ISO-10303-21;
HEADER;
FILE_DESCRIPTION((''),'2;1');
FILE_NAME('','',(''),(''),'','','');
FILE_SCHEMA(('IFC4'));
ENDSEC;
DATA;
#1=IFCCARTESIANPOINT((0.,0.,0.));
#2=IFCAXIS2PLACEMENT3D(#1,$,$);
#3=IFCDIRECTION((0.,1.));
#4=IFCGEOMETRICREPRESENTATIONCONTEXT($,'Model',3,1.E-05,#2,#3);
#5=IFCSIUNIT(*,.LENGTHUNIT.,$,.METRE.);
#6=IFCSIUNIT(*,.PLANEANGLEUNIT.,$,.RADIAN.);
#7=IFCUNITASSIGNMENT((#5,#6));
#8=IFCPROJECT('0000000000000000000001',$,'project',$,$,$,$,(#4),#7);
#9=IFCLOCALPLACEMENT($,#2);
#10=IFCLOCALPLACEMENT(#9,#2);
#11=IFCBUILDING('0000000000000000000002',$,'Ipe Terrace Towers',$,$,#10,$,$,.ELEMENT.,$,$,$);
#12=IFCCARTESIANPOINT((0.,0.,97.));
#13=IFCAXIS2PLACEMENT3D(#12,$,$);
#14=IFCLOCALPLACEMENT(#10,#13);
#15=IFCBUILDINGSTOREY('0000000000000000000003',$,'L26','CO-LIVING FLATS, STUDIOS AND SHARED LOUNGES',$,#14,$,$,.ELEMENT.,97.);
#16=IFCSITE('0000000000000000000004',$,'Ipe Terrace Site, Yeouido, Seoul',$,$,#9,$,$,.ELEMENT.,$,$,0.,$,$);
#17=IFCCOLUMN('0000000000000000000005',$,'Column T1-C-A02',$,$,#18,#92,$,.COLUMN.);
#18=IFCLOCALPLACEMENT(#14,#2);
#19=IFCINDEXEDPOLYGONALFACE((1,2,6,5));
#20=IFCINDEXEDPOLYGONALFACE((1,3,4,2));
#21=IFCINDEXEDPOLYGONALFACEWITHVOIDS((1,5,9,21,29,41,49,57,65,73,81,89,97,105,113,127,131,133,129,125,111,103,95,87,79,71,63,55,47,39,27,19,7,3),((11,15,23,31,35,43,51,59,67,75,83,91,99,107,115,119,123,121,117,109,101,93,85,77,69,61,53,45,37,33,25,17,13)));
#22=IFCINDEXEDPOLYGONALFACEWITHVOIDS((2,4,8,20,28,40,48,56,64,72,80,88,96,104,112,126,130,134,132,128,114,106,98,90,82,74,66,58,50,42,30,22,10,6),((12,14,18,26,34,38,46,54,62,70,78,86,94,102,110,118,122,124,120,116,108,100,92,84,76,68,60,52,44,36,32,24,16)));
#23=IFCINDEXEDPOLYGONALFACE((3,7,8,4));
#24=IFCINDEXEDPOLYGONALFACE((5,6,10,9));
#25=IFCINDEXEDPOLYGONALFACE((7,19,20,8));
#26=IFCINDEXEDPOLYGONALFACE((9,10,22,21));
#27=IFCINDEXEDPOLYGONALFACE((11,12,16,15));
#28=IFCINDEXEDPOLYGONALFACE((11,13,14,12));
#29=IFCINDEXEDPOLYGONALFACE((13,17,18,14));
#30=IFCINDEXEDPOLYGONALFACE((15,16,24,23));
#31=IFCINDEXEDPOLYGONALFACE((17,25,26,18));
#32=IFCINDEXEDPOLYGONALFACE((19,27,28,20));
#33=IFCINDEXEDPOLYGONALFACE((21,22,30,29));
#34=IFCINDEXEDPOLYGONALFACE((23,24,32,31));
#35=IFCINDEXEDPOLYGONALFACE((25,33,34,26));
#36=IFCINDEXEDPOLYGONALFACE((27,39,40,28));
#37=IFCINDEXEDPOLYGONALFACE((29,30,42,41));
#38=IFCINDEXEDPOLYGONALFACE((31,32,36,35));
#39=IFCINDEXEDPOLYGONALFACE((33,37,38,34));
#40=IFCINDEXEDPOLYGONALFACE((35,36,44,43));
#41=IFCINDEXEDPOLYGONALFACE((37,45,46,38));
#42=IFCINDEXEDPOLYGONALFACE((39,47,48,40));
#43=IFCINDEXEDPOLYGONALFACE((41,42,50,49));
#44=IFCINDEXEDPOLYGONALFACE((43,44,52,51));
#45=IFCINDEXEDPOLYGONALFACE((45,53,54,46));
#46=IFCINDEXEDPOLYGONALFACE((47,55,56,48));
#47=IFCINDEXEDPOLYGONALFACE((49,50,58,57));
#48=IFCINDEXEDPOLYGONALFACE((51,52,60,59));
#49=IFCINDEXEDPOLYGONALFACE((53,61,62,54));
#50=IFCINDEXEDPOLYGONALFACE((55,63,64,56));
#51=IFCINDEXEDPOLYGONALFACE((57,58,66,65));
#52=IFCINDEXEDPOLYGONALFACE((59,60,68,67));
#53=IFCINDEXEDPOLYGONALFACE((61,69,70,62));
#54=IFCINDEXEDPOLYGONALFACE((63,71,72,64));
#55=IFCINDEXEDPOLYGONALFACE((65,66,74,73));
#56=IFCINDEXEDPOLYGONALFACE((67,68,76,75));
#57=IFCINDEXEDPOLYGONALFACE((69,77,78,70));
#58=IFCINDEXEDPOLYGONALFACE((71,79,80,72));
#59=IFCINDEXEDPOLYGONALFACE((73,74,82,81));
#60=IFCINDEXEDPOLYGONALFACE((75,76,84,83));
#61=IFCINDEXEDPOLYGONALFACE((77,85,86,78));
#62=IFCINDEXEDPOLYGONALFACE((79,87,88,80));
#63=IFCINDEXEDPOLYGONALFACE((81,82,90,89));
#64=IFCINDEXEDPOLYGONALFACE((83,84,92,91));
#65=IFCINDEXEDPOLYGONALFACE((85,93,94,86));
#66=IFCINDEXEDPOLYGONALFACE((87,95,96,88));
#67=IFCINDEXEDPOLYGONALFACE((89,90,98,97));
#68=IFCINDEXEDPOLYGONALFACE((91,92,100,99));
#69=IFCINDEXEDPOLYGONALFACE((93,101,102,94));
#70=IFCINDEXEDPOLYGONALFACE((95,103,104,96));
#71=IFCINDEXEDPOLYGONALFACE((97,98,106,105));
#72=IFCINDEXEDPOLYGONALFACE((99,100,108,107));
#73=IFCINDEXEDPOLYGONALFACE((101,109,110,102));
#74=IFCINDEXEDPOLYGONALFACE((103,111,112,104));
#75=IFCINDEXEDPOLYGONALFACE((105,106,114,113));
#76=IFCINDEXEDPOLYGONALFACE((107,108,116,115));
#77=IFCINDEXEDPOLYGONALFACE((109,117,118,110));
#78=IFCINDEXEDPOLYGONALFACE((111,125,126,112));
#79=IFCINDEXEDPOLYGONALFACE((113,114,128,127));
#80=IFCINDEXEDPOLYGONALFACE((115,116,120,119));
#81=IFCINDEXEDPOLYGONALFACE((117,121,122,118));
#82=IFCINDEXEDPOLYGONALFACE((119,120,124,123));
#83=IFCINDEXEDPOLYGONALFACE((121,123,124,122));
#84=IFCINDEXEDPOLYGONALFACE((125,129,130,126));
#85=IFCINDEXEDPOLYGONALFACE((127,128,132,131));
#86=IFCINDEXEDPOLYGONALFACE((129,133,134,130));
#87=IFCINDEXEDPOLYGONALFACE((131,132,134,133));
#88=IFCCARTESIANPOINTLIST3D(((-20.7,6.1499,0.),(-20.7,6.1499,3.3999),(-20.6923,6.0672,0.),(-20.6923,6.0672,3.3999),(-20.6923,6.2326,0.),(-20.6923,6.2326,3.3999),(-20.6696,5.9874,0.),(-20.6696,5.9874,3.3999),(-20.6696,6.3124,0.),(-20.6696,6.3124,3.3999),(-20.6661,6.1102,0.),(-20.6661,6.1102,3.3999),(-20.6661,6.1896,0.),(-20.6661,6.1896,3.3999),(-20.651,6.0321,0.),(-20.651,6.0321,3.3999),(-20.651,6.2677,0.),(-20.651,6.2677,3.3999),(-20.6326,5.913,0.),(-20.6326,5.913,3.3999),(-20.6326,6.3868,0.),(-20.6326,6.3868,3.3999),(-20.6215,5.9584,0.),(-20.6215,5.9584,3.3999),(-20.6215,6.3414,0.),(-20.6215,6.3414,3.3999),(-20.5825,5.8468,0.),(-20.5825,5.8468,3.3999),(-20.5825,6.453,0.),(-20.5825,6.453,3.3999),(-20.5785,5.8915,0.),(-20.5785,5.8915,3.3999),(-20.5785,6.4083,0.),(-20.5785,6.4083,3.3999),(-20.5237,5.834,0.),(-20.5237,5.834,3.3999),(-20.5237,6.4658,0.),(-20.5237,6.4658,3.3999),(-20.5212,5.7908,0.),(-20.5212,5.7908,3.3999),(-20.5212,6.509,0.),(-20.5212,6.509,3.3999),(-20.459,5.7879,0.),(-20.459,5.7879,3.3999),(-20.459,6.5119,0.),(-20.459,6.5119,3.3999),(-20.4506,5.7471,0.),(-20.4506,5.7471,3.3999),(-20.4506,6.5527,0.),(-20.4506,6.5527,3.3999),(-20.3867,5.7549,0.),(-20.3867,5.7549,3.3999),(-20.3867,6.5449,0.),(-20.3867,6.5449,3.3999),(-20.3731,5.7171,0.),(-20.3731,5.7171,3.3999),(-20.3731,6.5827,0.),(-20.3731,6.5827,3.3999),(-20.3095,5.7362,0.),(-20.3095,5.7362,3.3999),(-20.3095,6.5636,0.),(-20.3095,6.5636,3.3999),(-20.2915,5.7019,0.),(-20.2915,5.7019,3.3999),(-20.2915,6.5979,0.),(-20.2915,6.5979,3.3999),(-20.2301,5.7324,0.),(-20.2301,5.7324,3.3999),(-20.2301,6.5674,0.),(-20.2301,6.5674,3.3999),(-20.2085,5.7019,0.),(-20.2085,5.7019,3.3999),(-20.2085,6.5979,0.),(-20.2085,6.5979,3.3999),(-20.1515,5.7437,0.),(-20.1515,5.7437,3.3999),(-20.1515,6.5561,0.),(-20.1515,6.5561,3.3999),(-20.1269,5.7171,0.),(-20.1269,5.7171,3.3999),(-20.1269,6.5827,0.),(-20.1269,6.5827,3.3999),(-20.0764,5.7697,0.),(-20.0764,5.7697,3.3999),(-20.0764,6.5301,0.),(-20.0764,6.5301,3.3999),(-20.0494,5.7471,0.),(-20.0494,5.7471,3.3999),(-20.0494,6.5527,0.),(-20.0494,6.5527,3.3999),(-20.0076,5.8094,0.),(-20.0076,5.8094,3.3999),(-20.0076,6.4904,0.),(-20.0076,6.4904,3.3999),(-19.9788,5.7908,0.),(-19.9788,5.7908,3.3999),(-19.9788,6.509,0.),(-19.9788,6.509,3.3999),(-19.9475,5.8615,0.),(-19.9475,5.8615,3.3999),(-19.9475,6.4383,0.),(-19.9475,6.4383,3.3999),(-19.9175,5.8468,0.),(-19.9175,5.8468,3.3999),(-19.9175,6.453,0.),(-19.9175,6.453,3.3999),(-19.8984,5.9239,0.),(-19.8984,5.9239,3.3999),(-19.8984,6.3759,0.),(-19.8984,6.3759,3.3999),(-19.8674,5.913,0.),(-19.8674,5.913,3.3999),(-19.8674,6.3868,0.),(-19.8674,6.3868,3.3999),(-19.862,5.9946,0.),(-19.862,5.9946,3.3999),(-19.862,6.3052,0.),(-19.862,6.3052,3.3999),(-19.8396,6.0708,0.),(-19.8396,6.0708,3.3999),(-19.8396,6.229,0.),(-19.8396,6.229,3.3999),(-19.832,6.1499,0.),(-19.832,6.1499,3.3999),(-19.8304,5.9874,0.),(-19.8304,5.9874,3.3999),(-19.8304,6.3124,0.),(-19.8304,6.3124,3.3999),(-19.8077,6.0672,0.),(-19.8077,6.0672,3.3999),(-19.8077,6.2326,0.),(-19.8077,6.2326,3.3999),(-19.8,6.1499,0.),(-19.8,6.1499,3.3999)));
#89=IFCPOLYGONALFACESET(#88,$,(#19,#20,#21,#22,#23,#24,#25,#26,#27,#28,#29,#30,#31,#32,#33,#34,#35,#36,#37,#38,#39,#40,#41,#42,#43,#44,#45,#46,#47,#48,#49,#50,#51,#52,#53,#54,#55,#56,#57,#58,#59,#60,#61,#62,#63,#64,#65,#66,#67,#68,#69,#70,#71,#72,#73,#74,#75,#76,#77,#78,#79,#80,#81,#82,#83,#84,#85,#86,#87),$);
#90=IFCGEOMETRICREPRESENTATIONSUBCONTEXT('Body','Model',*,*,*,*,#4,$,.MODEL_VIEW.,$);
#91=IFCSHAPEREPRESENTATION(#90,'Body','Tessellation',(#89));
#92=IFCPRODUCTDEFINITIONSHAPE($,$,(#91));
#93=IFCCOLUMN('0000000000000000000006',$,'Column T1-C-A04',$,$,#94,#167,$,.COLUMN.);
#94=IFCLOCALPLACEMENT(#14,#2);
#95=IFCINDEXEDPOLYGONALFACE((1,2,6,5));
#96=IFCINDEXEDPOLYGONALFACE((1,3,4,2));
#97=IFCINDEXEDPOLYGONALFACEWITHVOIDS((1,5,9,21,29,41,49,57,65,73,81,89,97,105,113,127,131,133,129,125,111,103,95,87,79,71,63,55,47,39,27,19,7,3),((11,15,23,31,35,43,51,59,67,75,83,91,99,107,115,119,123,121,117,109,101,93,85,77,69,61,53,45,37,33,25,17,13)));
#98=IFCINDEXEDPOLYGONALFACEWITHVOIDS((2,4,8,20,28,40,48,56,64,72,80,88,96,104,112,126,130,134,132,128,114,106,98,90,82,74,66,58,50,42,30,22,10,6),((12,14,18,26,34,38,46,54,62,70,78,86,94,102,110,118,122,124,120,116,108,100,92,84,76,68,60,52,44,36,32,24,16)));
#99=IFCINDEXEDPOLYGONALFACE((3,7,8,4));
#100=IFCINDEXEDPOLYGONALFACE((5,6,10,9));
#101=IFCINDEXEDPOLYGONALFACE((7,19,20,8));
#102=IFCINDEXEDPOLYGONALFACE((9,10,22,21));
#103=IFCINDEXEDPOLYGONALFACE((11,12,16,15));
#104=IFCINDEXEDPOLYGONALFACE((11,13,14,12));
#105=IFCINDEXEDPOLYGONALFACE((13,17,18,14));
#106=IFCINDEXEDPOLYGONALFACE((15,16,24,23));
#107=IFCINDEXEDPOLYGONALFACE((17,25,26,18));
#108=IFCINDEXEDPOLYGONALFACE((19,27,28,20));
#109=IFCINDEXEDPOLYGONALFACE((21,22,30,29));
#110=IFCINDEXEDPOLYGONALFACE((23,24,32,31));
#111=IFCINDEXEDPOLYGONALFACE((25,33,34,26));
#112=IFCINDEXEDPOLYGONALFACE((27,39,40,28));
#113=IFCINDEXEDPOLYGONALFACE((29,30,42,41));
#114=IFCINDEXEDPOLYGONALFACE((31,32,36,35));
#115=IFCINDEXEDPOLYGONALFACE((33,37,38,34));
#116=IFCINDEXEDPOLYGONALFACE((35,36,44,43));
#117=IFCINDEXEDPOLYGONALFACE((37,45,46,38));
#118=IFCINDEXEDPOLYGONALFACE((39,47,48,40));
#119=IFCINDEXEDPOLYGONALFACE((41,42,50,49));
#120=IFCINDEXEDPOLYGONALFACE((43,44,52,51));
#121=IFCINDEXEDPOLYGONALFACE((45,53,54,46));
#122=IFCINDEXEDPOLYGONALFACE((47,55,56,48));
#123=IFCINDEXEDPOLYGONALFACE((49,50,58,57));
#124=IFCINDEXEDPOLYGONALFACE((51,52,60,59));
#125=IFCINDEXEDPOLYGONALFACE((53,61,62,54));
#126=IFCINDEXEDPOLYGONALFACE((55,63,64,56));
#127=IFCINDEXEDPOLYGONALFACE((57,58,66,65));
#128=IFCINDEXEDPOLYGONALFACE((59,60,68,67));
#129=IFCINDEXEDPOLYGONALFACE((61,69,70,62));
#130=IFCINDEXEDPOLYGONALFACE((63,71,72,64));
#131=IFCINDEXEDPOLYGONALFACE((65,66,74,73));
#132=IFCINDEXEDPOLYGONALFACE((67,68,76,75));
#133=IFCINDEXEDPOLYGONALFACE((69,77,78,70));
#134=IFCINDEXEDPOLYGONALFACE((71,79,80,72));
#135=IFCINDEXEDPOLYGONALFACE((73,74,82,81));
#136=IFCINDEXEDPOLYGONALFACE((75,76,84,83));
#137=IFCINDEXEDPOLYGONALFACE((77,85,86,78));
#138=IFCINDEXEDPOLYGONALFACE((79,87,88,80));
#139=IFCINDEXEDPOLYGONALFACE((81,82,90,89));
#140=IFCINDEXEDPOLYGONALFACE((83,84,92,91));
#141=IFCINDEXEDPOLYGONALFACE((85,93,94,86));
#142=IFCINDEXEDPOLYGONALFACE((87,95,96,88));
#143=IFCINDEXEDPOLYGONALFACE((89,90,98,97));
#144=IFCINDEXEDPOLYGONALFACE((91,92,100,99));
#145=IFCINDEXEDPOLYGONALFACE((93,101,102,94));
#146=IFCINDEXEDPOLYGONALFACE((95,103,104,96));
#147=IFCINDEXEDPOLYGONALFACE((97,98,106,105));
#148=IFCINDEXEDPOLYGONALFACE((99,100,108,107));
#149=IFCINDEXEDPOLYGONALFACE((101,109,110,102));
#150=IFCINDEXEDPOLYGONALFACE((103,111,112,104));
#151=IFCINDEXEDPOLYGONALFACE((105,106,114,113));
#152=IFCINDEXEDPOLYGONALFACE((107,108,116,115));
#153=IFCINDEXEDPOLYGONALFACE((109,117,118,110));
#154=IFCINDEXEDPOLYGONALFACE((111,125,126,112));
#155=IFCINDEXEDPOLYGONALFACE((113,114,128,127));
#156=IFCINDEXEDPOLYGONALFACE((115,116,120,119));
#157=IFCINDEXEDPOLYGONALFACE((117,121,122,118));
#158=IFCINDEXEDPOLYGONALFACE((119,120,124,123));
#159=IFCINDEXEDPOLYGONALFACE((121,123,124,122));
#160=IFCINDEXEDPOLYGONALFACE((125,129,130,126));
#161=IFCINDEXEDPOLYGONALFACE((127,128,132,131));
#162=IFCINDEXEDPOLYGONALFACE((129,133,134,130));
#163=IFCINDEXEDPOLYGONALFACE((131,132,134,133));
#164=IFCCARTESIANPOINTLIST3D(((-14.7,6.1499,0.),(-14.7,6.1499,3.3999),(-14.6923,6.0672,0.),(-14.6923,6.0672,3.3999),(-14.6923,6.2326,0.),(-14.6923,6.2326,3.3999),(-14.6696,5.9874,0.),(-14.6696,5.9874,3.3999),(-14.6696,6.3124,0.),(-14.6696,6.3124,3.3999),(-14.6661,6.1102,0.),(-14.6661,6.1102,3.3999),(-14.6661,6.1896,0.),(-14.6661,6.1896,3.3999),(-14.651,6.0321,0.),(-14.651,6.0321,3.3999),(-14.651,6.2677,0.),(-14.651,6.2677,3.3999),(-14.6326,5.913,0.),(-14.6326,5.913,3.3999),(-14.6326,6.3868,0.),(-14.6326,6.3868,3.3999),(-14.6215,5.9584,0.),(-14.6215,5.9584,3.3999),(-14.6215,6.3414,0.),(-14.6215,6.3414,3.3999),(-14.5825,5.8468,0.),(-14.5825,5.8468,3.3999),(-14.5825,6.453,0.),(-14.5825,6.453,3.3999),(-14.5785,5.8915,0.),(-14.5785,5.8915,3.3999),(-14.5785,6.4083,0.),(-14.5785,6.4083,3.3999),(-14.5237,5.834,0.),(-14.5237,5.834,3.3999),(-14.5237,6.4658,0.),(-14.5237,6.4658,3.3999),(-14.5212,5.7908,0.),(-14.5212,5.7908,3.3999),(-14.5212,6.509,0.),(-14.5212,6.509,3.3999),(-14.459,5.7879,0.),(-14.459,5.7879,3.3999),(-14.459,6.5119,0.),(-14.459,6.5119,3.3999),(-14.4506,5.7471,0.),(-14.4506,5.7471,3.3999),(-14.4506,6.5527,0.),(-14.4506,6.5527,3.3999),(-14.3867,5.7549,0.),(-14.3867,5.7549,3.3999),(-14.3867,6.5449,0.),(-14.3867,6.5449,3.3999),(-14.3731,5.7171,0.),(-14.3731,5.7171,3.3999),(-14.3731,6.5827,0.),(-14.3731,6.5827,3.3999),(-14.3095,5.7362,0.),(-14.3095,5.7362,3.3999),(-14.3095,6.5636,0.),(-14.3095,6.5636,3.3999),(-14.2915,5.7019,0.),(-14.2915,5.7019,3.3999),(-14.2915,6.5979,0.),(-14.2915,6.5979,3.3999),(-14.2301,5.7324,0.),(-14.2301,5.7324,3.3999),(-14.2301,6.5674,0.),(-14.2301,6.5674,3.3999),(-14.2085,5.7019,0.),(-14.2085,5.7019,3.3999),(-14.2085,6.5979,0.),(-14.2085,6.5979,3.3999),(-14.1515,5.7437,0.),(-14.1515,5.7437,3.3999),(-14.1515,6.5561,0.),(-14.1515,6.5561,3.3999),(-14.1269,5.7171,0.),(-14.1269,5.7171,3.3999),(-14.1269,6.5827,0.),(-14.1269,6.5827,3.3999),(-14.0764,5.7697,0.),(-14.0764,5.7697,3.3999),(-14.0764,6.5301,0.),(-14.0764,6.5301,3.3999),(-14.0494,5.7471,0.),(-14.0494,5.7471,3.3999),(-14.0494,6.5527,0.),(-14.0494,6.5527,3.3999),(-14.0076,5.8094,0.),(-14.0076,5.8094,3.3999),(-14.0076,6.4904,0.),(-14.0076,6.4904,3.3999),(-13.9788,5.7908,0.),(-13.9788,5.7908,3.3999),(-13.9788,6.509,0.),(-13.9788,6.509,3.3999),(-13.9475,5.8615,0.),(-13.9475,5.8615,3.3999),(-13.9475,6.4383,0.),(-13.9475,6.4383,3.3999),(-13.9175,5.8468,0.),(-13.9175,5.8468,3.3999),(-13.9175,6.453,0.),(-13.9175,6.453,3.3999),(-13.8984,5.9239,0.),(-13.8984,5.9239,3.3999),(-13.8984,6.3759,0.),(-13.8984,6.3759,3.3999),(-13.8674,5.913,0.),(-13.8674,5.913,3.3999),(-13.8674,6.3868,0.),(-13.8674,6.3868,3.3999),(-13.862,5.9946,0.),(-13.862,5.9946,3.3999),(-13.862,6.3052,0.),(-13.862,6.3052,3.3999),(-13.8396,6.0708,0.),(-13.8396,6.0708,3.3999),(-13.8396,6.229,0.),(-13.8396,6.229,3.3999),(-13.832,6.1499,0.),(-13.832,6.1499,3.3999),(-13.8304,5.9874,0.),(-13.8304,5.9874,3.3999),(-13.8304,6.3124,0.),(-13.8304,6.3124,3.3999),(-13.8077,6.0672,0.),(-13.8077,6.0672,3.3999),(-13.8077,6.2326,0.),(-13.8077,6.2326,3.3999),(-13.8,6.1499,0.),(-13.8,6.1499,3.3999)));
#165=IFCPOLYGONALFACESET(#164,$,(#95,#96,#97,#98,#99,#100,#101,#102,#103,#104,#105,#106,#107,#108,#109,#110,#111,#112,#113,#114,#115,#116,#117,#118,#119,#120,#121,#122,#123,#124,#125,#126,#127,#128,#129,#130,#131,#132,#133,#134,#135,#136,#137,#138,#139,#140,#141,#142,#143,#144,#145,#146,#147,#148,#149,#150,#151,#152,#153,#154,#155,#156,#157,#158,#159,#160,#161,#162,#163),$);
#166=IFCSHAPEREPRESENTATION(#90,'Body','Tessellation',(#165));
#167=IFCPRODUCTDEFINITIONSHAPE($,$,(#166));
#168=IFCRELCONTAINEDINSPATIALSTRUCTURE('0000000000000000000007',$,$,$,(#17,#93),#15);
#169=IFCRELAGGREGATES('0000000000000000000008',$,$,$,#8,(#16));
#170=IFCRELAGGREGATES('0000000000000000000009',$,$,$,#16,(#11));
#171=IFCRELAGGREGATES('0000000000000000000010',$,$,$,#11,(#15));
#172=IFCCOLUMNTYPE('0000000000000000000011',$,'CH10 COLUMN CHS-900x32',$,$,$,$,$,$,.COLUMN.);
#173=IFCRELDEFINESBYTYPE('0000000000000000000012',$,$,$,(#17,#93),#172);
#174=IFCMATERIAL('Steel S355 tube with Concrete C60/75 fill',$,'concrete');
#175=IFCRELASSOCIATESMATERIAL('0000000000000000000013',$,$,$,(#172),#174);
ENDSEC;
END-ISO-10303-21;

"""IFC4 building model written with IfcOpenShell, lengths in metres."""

from ifc_helpers import new_model, si_unit, direction, frame, origin, origin_2d, place, context, subcontext, project, spatial, hollow_circle, extrude, material, material_profile, profile_set, type_object, element, save


model = new_model("IFC4")

# Units and contexts
model_context = context("Model", 3, precision=1e-05, world=origin(), true_north=direction((0.0, 1.0)))
body_context = subcontext(model_context, "Body", "Model", "MODEL_VIEW")
ifc_project = project(units=[si_unit("LENGTHUNIT", "METRE"), si_unit("PLANEANGLEUNIT", "RADIAN")], contexts=[model_context])

# Site, building, storey
site_placement = place(None, origin())
site = spatial("IfcSite", under=ifc_project, at=site_placement, Name="Ipe Terrace Site, Yeouido, Seoul", CompositionType="ELEMENT", RefElevation=0.0)
building_placement = place(site_placement, origin())
building = spatial("IfcBuilding", under=site, at=building_placement, Name="Ipe Terrace Towers", CompositionType="ELEMENT")
storey_placement = place(building_placement, frame((0.0, 0.0, 97.0)))
storey = spatial("IfcBuildingStorey", under=building, at=storey_placement, Name="L26", Description="CO-LIVING FLATS, STUDIOS AND SHARED LOUNGES", CompositionType="ELEMENT", Elevation=97.0)

# Columns
ifc_material_1 = material(Name="Steel S355 tube with Concrete C60/75 fill", Category="concrete")
ifc_material_profile_1 = material_profile(ifc_material_1, hollow_circle(Radius=0.45, WallThickness=0.032, at=origin_2d()), Name="CHS-900x32")
ifc_profile_set_1 = profile_set([ifc_material_profile_1], Name="Steel S355 tube with Concrete C60/75 fill")
column_type = type_object("IfcColumnType", Name="CH10 COLUMN CHS-900x32", PredefinedType="COLUMN", material=ifc_profile_set_1)
for number, where, z_axis, x_axis, name in (
    (1, (-20.25, 6.1499, 0.0), (0.0, 0.0, 1.0), (1.0, 0.0, 0.0), "Column T1-C-A02"),
    (2, (-14.25, 6.1499, 0.0), (0.0, 0.0, 1.0), (1.0, 0.0, 0.0), "Column T1-C-A04"),
):
    element("IfcColumn", number, at=place(storey_placement, frame(where, z_axis=z_axis, x_axis=x_axis)), inside=storey, type_object=column_type, Name=name, PredefinedType="COLUMN", context=body_context, shape_type="SweptSolid", body=[
        extrude(hollow_circle(Radius=0.45, WallThickness=0.032, at=origin_2d()), origin(), (0.0, 0.0, 1.0), 3.3999),
    ])

save(model, "model.ifc")
